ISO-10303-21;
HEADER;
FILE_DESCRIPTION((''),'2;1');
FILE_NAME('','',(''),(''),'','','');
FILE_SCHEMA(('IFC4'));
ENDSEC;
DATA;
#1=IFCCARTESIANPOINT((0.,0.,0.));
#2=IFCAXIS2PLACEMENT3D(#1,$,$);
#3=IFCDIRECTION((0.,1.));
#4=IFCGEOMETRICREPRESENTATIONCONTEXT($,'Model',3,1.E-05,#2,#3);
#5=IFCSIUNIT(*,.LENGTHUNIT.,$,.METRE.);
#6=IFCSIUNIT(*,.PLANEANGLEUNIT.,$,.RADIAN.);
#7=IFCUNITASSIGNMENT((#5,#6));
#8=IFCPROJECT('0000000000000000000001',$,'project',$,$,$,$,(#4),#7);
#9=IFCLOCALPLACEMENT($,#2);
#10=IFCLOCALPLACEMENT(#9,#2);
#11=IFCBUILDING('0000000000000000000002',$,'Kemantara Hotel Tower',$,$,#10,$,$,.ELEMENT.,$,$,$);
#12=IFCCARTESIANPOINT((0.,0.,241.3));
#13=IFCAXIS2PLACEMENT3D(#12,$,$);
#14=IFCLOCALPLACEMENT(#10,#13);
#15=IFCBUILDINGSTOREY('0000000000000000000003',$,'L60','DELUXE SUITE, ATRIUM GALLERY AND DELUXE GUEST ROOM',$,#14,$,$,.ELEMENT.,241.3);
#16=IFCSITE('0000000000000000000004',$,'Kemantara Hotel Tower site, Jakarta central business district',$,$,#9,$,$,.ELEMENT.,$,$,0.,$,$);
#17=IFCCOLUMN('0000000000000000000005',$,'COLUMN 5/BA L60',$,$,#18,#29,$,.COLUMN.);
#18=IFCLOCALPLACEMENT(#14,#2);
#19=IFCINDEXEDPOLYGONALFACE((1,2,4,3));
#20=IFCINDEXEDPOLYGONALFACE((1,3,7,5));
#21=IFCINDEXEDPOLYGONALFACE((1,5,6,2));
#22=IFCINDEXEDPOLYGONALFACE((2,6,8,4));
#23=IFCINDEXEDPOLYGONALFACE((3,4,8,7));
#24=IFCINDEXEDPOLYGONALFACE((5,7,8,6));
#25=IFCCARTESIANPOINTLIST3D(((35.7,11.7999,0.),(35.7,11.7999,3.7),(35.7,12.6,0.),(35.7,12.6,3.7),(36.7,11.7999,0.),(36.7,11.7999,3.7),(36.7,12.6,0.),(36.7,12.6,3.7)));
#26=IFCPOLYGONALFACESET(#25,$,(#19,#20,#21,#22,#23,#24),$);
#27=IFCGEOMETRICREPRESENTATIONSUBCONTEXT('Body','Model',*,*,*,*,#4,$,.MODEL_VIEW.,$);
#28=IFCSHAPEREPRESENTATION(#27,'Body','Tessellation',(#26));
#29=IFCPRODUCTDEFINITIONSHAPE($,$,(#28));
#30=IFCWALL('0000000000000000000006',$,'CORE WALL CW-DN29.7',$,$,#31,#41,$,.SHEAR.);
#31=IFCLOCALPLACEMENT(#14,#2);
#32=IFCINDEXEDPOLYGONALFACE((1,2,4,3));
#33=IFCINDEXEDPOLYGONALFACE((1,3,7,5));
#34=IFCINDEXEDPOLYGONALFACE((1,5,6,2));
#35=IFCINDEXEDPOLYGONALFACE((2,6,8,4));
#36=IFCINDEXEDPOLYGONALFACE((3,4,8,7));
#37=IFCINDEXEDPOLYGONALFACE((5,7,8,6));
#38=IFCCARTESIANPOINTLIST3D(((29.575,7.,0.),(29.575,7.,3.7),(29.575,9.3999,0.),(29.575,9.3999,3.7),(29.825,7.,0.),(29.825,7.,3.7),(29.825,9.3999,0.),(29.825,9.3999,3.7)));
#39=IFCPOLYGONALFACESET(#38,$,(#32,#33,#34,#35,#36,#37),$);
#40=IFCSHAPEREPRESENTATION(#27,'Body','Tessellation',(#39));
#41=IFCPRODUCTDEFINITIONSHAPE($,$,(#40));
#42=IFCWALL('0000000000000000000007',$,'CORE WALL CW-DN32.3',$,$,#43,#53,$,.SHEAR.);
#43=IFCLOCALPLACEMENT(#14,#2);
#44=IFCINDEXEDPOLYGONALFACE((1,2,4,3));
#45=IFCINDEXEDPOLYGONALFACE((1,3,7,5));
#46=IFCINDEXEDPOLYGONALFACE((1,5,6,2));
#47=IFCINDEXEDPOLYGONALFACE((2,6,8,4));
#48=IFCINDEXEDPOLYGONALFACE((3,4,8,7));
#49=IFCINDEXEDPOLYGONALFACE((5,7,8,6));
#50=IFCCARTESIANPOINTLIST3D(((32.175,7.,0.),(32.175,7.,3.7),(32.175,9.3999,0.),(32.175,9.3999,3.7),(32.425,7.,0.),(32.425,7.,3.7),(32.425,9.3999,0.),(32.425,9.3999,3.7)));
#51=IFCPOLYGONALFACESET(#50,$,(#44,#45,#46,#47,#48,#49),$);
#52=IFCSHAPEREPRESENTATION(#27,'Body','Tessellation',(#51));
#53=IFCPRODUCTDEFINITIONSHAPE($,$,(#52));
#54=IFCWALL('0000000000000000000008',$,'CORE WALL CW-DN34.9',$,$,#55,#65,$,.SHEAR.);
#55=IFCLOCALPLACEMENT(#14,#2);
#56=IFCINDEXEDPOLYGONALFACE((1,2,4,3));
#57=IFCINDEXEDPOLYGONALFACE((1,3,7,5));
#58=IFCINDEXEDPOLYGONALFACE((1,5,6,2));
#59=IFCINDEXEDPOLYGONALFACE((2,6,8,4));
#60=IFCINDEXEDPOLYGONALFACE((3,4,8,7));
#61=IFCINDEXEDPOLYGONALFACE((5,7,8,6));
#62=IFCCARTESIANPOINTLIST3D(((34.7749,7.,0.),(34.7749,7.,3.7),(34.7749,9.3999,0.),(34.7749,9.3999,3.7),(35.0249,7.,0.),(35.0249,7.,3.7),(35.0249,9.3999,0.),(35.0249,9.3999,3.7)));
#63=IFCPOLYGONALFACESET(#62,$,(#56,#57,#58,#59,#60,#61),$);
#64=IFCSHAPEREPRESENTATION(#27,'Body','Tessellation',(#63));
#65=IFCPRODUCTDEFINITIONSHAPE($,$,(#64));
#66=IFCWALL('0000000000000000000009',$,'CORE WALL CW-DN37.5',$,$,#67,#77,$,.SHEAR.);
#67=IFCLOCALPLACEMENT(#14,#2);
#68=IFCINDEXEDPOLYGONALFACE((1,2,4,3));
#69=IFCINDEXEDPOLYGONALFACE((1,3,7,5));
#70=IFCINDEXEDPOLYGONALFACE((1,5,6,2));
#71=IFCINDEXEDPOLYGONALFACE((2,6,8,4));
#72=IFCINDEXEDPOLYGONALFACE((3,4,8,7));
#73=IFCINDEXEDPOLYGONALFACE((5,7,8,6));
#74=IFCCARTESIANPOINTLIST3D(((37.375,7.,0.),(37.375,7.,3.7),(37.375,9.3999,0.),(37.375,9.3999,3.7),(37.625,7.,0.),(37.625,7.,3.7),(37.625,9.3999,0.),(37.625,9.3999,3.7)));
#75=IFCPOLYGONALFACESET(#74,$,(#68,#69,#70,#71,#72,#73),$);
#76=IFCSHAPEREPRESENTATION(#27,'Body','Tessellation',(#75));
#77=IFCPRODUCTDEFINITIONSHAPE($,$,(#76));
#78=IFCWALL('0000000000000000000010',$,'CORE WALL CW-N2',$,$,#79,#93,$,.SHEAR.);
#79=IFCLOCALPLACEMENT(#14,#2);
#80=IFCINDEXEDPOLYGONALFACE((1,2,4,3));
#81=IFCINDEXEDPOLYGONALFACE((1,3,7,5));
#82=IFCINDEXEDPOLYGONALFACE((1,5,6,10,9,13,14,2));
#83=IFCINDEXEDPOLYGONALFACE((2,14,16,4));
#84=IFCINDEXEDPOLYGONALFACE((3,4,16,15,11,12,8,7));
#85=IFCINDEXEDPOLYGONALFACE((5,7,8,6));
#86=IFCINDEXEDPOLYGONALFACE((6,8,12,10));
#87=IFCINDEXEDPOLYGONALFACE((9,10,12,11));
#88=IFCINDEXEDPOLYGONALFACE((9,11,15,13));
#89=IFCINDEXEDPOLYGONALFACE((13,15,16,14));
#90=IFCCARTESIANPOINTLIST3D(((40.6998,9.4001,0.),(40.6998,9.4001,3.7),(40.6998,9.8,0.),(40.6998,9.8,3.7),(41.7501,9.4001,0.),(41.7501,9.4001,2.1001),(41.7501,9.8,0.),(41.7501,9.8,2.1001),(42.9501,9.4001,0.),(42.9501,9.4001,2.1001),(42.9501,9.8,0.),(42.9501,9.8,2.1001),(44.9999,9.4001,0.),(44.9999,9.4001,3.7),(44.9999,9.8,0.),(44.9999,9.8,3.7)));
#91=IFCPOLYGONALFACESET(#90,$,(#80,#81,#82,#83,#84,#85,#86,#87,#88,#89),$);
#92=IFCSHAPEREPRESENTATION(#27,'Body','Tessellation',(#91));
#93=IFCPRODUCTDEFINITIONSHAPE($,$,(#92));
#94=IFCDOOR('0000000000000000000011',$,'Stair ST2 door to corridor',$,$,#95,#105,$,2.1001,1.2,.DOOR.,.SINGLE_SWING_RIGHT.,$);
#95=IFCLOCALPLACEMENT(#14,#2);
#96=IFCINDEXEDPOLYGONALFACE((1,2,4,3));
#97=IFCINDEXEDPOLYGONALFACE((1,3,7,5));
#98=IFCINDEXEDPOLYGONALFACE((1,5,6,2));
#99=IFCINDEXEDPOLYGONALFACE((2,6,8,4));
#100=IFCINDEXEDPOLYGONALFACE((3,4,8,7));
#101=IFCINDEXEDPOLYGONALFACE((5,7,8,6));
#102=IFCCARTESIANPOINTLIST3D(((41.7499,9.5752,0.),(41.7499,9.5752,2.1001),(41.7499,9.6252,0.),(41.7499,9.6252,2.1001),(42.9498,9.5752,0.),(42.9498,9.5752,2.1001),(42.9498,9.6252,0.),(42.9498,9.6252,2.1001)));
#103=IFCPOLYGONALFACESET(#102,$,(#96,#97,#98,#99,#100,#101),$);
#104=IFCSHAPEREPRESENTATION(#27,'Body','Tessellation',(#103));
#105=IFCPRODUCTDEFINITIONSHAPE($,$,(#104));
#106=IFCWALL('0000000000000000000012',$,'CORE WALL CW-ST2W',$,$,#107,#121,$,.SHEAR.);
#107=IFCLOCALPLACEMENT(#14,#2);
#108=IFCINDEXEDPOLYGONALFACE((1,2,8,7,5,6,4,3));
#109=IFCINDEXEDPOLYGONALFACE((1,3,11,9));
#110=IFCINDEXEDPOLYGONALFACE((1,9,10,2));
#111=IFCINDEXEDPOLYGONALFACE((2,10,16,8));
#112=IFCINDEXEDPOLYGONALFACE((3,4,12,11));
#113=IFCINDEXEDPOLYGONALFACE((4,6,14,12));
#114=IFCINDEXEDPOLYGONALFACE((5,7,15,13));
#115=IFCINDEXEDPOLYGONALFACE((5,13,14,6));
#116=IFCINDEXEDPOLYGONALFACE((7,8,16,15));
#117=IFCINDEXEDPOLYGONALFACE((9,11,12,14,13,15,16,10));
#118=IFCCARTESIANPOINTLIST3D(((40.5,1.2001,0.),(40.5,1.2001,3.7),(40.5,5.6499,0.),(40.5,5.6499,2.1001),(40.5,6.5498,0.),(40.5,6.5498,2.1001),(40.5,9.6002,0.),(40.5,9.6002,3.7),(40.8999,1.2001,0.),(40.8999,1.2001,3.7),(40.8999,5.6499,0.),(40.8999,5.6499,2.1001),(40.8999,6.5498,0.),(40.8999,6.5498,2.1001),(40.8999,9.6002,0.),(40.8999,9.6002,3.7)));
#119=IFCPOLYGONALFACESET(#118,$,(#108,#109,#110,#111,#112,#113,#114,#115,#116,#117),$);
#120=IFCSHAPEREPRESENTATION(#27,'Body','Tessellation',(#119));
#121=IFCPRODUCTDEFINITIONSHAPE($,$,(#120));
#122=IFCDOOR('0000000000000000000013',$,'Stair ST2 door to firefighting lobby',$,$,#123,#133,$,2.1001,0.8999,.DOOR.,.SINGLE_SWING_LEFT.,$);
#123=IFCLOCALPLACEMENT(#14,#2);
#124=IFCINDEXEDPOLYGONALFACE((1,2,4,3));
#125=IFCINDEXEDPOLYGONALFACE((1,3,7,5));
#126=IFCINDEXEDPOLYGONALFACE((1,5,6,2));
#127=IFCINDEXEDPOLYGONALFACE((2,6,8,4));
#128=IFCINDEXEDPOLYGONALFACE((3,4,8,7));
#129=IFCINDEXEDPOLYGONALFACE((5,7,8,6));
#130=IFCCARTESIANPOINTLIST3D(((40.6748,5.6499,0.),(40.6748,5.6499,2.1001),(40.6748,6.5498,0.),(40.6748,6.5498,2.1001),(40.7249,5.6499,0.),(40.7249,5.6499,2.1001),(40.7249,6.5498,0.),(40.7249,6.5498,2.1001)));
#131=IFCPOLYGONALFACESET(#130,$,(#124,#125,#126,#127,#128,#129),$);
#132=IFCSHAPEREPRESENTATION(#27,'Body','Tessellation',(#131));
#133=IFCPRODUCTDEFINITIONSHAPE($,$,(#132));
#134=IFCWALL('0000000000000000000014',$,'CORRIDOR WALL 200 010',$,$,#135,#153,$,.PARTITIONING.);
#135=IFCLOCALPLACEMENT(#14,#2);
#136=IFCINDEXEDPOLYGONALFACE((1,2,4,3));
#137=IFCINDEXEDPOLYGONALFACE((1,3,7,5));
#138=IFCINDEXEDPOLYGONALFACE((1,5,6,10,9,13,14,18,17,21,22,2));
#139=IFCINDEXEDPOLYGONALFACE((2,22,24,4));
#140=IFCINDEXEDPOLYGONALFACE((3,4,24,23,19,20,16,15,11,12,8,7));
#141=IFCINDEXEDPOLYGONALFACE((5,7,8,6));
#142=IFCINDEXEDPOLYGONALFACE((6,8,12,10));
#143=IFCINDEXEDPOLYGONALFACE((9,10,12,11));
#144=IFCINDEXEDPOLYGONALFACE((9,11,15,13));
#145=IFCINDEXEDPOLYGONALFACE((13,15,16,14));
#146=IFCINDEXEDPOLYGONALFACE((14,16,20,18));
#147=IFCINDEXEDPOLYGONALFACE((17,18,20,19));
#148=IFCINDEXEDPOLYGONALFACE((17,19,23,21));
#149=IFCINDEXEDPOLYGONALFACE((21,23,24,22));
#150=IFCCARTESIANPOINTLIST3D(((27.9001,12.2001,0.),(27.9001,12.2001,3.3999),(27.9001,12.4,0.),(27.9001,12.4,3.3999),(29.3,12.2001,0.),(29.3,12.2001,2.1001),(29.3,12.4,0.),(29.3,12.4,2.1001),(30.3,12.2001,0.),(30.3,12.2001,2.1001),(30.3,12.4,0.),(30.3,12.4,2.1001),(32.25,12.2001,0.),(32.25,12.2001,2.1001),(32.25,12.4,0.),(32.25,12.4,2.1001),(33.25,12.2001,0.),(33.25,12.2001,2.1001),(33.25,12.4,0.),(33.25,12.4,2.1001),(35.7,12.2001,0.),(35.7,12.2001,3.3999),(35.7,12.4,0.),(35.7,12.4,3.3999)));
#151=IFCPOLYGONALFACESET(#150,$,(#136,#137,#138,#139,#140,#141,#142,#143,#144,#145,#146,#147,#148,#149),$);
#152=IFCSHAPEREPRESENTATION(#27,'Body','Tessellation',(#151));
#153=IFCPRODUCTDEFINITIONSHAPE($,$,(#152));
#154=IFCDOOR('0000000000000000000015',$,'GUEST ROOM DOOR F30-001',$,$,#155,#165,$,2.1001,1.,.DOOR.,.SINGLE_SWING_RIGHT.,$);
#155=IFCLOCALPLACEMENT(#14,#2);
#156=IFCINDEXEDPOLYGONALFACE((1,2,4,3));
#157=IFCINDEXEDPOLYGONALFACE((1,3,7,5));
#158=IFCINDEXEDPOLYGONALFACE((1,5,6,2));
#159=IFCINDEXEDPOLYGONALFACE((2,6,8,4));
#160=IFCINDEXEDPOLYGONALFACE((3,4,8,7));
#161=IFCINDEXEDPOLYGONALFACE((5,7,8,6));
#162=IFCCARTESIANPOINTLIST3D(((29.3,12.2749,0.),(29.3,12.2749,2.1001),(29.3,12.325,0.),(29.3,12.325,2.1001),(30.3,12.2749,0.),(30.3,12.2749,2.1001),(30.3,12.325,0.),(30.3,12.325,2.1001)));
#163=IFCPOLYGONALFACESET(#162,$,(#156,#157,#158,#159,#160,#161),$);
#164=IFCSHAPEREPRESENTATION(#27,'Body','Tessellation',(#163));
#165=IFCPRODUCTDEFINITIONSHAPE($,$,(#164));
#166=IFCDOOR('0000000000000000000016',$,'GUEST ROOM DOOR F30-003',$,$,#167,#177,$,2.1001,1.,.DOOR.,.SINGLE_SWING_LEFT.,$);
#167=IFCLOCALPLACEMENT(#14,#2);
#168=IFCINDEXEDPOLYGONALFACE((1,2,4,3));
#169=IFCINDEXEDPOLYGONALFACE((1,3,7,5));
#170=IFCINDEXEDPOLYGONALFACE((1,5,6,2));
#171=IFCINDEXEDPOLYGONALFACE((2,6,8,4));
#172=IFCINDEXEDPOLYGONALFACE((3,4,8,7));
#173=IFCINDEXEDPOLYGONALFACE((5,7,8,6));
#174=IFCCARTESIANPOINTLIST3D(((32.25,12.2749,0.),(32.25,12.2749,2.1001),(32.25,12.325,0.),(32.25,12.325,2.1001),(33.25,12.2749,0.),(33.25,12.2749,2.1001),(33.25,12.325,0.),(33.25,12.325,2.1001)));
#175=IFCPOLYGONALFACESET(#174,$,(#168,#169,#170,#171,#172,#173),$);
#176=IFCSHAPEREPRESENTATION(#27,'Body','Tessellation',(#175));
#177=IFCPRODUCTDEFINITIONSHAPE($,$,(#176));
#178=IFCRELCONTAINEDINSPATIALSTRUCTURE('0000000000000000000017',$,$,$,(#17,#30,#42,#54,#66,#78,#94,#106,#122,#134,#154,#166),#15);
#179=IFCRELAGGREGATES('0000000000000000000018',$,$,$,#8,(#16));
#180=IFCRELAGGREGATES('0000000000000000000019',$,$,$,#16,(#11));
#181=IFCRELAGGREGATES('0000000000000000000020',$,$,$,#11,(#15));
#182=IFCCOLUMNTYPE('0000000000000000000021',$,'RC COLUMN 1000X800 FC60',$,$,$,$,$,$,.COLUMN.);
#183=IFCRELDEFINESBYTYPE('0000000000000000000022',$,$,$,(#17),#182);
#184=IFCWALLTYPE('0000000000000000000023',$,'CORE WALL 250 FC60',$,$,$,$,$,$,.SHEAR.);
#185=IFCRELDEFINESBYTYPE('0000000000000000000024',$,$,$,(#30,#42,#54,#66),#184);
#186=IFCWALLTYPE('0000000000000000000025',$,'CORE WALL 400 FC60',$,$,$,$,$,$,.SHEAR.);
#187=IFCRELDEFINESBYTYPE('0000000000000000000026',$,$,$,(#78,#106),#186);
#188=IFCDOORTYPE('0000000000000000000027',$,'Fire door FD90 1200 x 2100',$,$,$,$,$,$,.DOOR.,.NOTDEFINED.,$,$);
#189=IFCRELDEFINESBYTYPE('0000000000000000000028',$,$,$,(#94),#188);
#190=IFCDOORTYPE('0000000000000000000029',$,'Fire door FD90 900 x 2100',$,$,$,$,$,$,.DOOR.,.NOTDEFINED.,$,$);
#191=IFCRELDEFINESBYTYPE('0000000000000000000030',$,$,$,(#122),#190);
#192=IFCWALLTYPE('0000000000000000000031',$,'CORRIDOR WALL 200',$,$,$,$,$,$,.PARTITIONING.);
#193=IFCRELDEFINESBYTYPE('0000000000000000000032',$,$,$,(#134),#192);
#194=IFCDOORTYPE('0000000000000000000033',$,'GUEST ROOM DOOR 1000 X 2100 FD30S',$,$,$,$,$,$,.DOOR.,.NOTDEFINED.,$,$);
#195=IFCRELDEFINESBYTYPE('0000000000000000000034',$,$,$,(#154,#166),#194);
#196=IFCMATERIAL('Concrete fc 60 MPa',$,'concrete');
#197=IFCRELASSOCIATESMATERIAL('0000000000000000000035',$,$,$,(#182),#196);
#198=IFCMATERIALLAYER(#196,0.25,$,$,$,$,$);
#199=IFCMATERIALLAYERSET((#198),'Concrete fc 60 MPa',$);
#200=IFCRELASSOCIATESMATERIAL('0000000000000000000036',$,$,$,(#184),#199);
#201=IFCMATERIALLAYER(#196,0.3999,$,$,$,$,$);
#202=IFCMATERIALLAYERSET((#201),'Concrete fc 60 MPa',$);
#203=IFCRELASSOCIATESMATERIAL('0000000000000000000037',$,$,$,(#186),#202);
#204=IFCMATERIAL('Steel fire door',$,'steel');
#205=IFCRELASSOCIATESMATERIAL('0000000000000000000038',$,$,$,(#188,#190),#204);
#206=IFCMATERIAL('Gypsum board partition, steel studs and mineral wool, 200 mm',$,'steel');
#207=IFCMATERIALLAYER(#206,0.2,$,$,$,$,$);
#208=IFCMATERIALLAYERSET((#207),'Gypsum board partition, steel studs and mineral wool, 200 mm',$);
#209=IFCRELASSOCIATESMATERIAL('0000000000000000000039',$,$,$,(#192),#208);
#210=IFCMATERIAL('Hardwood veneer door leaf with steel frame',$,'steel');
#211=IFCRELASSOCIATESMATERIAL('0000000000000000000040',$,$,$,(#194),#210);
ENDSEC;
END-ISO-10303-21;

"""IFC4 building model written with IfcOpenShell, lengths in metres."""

from ifc_helpers import new_model, si_unit, direction, frame, frame_2d, origin, origin_2d, place, context, subcontext, project, spatial, rectangle, extrude, material, layer, layer_set, material_profile, profile_set, type_object, element, fill, save


model = new_model("IFC4")

# Units and contexts
model_context = context("Model", 3, precision=1e-05, world=origin(), true_north=direction((0.0, 1.0)))
body_context = subcontext(model_context, "Body", "Model", "MODEL_VIEW")
ifc_project = project(units=[si_unit("LENGTHUNIT", "METRE"), si_unit("PLANEANGLEUNIT", "RADIAN")], contexts=[model_context])

# Site, building, storey
site_placement = place(None, origin())
site = spatial("IfcSite", under=ifc_project, at=site_placement, Name="Kemantara Hotel Tower site, Jakarta central business district", CompositionType="ELEMENT", RefElevation=0.0)
building_placement = place(site_placement, origin())
building = spatial("IfcBuilding", under=site, at=building_placement, Name="Kemantara Hotel Tower", CompositionType="ELEMENT")
storey_placement = place(building_placement, frame((0.0, 0.0, 241.3)))
storey = spatial("IfcBuildingStorey", under=building, at=storey_placement, Name="L60", Description="DELUXE SUITE, ATRIUM GALLERY AND DELUXE GUEST ROOM", CompositionType="ELEMENT", Elevation=241.3)

# Column
ifc_material_1 = material(Name="Concrete fc 60 MPa", Category="concrete")
ifc_material_profile = material_profile(ifc_material_1, rectangle(XDim=1.0, YDim=0.8, at=origin_2d()), Name="RC 1000X800")
ifc_profile_set = profile_set([ifc_material_profile], Name="Concrete fc 60 MPa")
column_type = type_object("IfcColumnType", Name="RC COLUMN 1000X800 FC60", PredefinedType="COLUMN", material=ifc_profile_set)
column_placement = place(storey_placement, frame((36.2, 12.2, 0.0), z_axis=(0.0, 0.0, 1.0), x_axis=(1.0, 0.0, 0.0)))
element("IfcColumn", 1, at=column_placement, inside=storey, type_object=column_type, Name="COLUMN 5/BA L60", PredefinedType="COLUMN", context=body_context, shape_type="SweptSolid", body=[
    extrude(rectangle(XDim=1.0, YDim=0.8, at=origin_2d()), origin(), (0.0, 0.0, 1.0), 3.7),
])

# Walls
ifc_layer_1 = layer(ifc_material_1, 0.25)
ifc_layer_set_1 = layer_set([ifc_layer_1], Name="Concrete fc 60 MPa")
wall_type_1 = type_object("IfcWallType", Name="CORE WALL 250 FC60", PredefinedType="SHEAR", material=ifc_layer_set_1)
for number, where, z_axis, x_axis, name in (
    (2, (29.7, 7.0, 0.0), (0.0, 0.0, 1.0), (0.0, 1.0, 0.0), "CORE WALL CW-DN29.7"),
    (3, (32.3, 7.0, 0.0), (0.0, 0.0, 1.0), (0.0, 1.0, 0.0), "CORE WALL CW-DN32.3"),
    (4, (34.8999, 7.0, 0.0), (0.0, 0.0, 1.0), (0.0, 1.0, 0.0), "CORE WALL CW-DN34.9"),
    (5, (37.5, 7.0, 0.0), (0.0, 0.0, 1.0), (0.0, 1.0, 0.0), "CORE WALL CW-DN37.5"),
):
    element("IfcWall", number, at=place(storey_placement, frame(where, z_axis=z_axis, x_axis=x_axis)), inside=storey, type_object=wall_type_1, Name=name, PredefinedType="SHEAR", context=body_context, shape_type="SweptSolid", body=[
        extrude(rectangle(XDim=2.3999, YDim=0.25, at=frame_2d((1.2, 0.0))), origin(), (0.0, 0.0, 1.0), 3.7),
    ])

# Walls, openings, doors
ifc_layer_2 = layer(ifc_material_1, 0.3999)
ifc_layer_set_2 = layer_set([ifc_layer_2], Name="Concrete fc 60 MPa")
wall_type_2 = type_object("IfcWallType", Name="CORE WALL 400 FC60", PredefinedType="SHEAR", material=ifc_layer_set_2)
wall_1_placement = place(storey_placement, frame((40.7, 9.6001, 0.0), z_axis=(0.0, 0.0, 1.0), x_axis=(1.0, 0.0, 0.0)))
wall_1 = element("IfcWall", 6, at=wall_1_placement, inside=storey, type_object=wall_type_2, Name="CORE WALL CW-N2", PredefinedType="SHEAR", context=body_context, shape_type="SweptSolid", body=[
    extrude(rectangle(XDim=4.3, YDim=0.3999, at=frame_2d((2.1499, 0.0))), origin(), (0.0, 0.0, 1.0), 3.7),
])
opening_1_placement = place(wall_1_placement, frame((1.05, 0.0, 0.0)))
opening_1 = element("IfcOpeningElement", 7, at=opening_1_placement, cuts=wall_1, PredefinedType="OPENING", context=body_context, shape_type="SweptSolid", body=[
    extrude(rectangle(XDim=1.2, YDim=2.1001, at=frame_2d((0.6001, 1.05))), frame((0.0, 0.21, 0.0), z_axis=(0.0, -1.0, 0.0), x_axis=(1.0, 0.0, 0.0)), (0.0, 0.0, 1.0), 0.4199),
])
ifc_material_2 = material(Name="Steel fire door", Category="steel")
door_type_1 = type_object("IfcDoorType", Name="Fire door FD90 1200 x 2100", OperationType="NOTDEFINED", PredefinedType="DOOR", material=ifc_material_2)
door_1_placement = place(opening_1_placement, frame((1.2, 0.0, 0.0), z_axis=(0.0, 0.0, 1.0), x_axis=(-1.0, 0.0, 0.0)))
door_1 = element("IfcDoor", 8, at=door_1_placement, inside=storey, type_object=door_type_1, Name="Stair ST2 door to corridor", OperationType="SINGLE_SWING_RIGHT", OverallHeight=2.1001, OverallWidth=1.2, PredefinedType="DOOR", context=body_context, shape_type="SweptSolid", body=[
    extrude(rectangle(XDim=1.2, YDim=2.1001, at=frame_2d((0.6001, 1.05))), frame((0.0, 0.0249, 0.0), z_axis=(0.0, -1.0, 0.0), x_axis=(1.0, 0.0, 0.0)), (0.0, 0.0, 1.0), 0.05),
])
fill(opening_1, door_1)
wall_2_placement = place(storey_placement, frame((40.7, 1.2, 0.0), z_axis=(0.0, 0.0, 1.0), x_axis=(0.0, 1.0, 0.0)))
wall_2 = element("IfcWall", 9, at=wall_2_placement, inside=storey, type_object=wall_type_2, Name="CORE WALL CW-ST2W", PredefinedType="SHEAR", context=body_context, shape_type="SweptSolid", body=[
    extrude(rectangle(XDim=8.4001, YDim=0.3999, at=frame_2d((4.2002, 0.0))), origin(), (0.0, 0.0, 1.0), 3.7),
])
opening_2_placement = place(wall_2_placement, frame((4.45, 0.0, 0.0)))
opening_2 = element("IfcOpeningElement", 10, at=opening_2_placement, cuts=wall_2, PredefinedType="OPENING", context=body_context, shape_type="SweptSolid", body=[
    extrude(rectangle(XDim=0.8999, YDim=2.1001, at=frame_2d((0.45, 1.05))), frame((0.0, 0.21, 0.0), z_axis=(0.0, -1.0, 0.0), x_axis=(1.0, 0.0, 0.0)), (0.0, 0.0, 1.0), 0.4199),
])
door_type_2 = type_object("IfcDoorType", Name="Fire door FD90 900 x 2100", OperationType="NOTDEFINED", PredefinedType="DOOR", material=ifc_material_2)
door_2_placement = place(opening_2_placement, frame((0.8999, 0.0, 0.0), z_axis=(0.0, 0.0, 1.0), x_axis=(-1.0, 0.0, 0.0)))
door_2 = element("IfcDoor", 11, at=door_2_placement, inside=storey, type_object=door_type_2, Name="Stair ST2 door to firefighting lobby", OperationType="SINGLE_SWING_LEFT", OverallHeight=2.1001, OverallWidth=0.8999, PredefinedType="DOOR", context=body_context, shape_type="SweptSolid", body=[
    extrude(rectangle(XDim=0.8999, YDim=2.1001, at=frame_2d((0.45, 1.05))), frame((0.0, 0.0249, 0.0), z_axis=(0.0, -1.0, 0.0), x_axis=(1.0, 0.0, 0.0)), (0.0, 0.0, 1.0), 0.05),
])
fill(opening_2, door_2)

# Wall, openings, doors
ifc_material_3 = material(Name="Gypsum board partition, steel studs and mineral wool, 200 mm", Category="steel")
ifc_layer_3 = layer(ifc_material_3, 0.2)
ifc_layer_set_3 = layer_set([ifc_layer_3], Name="Gypsum board partition, steel studs and mineral wool, 200 mm")
wall_type_3 = type_object("IfcWallType", Name="CORRIDOR WALL 200", PredefinedType="PARTITIONING", material=ifc_layer_set_3)
wall_3_placement = place(storey_placement, frame((27.9001, 12.3, 0.0), z_axis=(0.0, 0.0, 1.0), x_axis=(1.0, 0.0, 0.0)))
wall_3 = element("IfcWall", 12, at=wall_3_placement, inside=storey, type_object=wall_type_3, Name="CORRIDOR WALL 200 010", PredefinedType="PARTITIONING", context=body_context, shape_type="SweptSolid", body=[
    extrude(rectangle(XDim=7.7998, YDim=0.2, at=frame_2d((3.8999, 0.0))), origin(), (0.0, 0.0, 1.0), 3.3999),
])
opening_3_placement = place(wall_3_placement, frame((1.3999, 0.0, 0.0)))
opening_3 = element("IfcOpeningElement", 13, at=opening_3_placement, cuts=wall_3, PredefinedType="OPENING", context=body_context, shape_type="SweptSolid", body=[
    extrude(rectangle(XDim=1.0, YDim=2.1001, at=frame_2d((0.5, 1.05))), frame((0.0, 0.1099, 0.0), z_axis=(0.0, -1.0, 0.0), x_axis=(1.0, 0.0, 0.0)), (0.0, 0.0, 1.0), 0.22),
])
opening_4_placement = place(wall_3_placement, frame((4.3499, 0.0, 0.0)))
opening_4 = element("IfcOpeningElement", 14, at=opening_4_placement, cuts=wall_3, PredefinedType="OPENING", context=body_context, shape_type="SweptSolid", body=[
    extrude(rectangle(XDim=1.0, YDim=2.1001, at=frame_2d((0.5, 1.05))), frame((0.0, 0.1099, 0.0), z_axis=(0.0, -1.0, 0.0), x_axis=(1.0, 0.0, 0.0)), (0.0, 0.0, 1.0), 0.22),
])
ifc_material_4 = material(Name="Hardwood veneer door leaf with steel frame", Category="steel")
door_type_3 = type_object("IfcDoorType", Name="GUEST ROOM DOOR 1000 X 2100 FD30S", OperationType="NOTDEFINED", PredefinedType="DOOR", material=ifc_material_4)
door_3_placement = place(opening_3_placement, origin())
door_3 = element("IfcDoor", 15, at=door_3_placement, inside=storey, type_object=door_type_3, Name="GUEST ROOM DOOR F30-001", OperationType="SINGLE_SWING_RIGHT", OverallHeight=2.1001, OverallWidth=1.0, PredefinedType="DOOR", context=body_context, shape_type="SweptSolid", body=[
    extrude(rectangle(XDim=1.0, YDim=2.1001, at=frame_2d((0.5, 1.05))), frame((0.0, 0.0249, 0.0), z_axis=(0.0, -1.0, 0.0), x_axis=(1.0, 0.0, 0.0)), (0.0, 0.0, 1.0), 0.05),
])
fill(opening_3, door_3)
door_4_placement = place(opening_4_placement, origin())
door_4 = element("IfcDoor", 16, at=door_4_placement, inside=storey, type_object=door_type_3, Name="GUEST ROOM DOOR F30-003", OperationType="SINGLE_SWING_LEFT", OverallHeight=2.1001, OverallWidth=1.0, PredefinedType="DOOR", context=body_context, shape_type="SweptSolid", body=[
    extrude(rectangle(XDim=1.0, YDim=2.1001, at=frame_2d((0.5, 1.05))), frame((0.0, 0.0249, 0.0), z_axis=(0.0, -1.0, 0.0), x_axis=(1.0, 0.0, 0.0)), (0.0, 0.0, 1.0), 0.05),
])
fill(opening_4, door_4)

save(model, "model.ifc")
